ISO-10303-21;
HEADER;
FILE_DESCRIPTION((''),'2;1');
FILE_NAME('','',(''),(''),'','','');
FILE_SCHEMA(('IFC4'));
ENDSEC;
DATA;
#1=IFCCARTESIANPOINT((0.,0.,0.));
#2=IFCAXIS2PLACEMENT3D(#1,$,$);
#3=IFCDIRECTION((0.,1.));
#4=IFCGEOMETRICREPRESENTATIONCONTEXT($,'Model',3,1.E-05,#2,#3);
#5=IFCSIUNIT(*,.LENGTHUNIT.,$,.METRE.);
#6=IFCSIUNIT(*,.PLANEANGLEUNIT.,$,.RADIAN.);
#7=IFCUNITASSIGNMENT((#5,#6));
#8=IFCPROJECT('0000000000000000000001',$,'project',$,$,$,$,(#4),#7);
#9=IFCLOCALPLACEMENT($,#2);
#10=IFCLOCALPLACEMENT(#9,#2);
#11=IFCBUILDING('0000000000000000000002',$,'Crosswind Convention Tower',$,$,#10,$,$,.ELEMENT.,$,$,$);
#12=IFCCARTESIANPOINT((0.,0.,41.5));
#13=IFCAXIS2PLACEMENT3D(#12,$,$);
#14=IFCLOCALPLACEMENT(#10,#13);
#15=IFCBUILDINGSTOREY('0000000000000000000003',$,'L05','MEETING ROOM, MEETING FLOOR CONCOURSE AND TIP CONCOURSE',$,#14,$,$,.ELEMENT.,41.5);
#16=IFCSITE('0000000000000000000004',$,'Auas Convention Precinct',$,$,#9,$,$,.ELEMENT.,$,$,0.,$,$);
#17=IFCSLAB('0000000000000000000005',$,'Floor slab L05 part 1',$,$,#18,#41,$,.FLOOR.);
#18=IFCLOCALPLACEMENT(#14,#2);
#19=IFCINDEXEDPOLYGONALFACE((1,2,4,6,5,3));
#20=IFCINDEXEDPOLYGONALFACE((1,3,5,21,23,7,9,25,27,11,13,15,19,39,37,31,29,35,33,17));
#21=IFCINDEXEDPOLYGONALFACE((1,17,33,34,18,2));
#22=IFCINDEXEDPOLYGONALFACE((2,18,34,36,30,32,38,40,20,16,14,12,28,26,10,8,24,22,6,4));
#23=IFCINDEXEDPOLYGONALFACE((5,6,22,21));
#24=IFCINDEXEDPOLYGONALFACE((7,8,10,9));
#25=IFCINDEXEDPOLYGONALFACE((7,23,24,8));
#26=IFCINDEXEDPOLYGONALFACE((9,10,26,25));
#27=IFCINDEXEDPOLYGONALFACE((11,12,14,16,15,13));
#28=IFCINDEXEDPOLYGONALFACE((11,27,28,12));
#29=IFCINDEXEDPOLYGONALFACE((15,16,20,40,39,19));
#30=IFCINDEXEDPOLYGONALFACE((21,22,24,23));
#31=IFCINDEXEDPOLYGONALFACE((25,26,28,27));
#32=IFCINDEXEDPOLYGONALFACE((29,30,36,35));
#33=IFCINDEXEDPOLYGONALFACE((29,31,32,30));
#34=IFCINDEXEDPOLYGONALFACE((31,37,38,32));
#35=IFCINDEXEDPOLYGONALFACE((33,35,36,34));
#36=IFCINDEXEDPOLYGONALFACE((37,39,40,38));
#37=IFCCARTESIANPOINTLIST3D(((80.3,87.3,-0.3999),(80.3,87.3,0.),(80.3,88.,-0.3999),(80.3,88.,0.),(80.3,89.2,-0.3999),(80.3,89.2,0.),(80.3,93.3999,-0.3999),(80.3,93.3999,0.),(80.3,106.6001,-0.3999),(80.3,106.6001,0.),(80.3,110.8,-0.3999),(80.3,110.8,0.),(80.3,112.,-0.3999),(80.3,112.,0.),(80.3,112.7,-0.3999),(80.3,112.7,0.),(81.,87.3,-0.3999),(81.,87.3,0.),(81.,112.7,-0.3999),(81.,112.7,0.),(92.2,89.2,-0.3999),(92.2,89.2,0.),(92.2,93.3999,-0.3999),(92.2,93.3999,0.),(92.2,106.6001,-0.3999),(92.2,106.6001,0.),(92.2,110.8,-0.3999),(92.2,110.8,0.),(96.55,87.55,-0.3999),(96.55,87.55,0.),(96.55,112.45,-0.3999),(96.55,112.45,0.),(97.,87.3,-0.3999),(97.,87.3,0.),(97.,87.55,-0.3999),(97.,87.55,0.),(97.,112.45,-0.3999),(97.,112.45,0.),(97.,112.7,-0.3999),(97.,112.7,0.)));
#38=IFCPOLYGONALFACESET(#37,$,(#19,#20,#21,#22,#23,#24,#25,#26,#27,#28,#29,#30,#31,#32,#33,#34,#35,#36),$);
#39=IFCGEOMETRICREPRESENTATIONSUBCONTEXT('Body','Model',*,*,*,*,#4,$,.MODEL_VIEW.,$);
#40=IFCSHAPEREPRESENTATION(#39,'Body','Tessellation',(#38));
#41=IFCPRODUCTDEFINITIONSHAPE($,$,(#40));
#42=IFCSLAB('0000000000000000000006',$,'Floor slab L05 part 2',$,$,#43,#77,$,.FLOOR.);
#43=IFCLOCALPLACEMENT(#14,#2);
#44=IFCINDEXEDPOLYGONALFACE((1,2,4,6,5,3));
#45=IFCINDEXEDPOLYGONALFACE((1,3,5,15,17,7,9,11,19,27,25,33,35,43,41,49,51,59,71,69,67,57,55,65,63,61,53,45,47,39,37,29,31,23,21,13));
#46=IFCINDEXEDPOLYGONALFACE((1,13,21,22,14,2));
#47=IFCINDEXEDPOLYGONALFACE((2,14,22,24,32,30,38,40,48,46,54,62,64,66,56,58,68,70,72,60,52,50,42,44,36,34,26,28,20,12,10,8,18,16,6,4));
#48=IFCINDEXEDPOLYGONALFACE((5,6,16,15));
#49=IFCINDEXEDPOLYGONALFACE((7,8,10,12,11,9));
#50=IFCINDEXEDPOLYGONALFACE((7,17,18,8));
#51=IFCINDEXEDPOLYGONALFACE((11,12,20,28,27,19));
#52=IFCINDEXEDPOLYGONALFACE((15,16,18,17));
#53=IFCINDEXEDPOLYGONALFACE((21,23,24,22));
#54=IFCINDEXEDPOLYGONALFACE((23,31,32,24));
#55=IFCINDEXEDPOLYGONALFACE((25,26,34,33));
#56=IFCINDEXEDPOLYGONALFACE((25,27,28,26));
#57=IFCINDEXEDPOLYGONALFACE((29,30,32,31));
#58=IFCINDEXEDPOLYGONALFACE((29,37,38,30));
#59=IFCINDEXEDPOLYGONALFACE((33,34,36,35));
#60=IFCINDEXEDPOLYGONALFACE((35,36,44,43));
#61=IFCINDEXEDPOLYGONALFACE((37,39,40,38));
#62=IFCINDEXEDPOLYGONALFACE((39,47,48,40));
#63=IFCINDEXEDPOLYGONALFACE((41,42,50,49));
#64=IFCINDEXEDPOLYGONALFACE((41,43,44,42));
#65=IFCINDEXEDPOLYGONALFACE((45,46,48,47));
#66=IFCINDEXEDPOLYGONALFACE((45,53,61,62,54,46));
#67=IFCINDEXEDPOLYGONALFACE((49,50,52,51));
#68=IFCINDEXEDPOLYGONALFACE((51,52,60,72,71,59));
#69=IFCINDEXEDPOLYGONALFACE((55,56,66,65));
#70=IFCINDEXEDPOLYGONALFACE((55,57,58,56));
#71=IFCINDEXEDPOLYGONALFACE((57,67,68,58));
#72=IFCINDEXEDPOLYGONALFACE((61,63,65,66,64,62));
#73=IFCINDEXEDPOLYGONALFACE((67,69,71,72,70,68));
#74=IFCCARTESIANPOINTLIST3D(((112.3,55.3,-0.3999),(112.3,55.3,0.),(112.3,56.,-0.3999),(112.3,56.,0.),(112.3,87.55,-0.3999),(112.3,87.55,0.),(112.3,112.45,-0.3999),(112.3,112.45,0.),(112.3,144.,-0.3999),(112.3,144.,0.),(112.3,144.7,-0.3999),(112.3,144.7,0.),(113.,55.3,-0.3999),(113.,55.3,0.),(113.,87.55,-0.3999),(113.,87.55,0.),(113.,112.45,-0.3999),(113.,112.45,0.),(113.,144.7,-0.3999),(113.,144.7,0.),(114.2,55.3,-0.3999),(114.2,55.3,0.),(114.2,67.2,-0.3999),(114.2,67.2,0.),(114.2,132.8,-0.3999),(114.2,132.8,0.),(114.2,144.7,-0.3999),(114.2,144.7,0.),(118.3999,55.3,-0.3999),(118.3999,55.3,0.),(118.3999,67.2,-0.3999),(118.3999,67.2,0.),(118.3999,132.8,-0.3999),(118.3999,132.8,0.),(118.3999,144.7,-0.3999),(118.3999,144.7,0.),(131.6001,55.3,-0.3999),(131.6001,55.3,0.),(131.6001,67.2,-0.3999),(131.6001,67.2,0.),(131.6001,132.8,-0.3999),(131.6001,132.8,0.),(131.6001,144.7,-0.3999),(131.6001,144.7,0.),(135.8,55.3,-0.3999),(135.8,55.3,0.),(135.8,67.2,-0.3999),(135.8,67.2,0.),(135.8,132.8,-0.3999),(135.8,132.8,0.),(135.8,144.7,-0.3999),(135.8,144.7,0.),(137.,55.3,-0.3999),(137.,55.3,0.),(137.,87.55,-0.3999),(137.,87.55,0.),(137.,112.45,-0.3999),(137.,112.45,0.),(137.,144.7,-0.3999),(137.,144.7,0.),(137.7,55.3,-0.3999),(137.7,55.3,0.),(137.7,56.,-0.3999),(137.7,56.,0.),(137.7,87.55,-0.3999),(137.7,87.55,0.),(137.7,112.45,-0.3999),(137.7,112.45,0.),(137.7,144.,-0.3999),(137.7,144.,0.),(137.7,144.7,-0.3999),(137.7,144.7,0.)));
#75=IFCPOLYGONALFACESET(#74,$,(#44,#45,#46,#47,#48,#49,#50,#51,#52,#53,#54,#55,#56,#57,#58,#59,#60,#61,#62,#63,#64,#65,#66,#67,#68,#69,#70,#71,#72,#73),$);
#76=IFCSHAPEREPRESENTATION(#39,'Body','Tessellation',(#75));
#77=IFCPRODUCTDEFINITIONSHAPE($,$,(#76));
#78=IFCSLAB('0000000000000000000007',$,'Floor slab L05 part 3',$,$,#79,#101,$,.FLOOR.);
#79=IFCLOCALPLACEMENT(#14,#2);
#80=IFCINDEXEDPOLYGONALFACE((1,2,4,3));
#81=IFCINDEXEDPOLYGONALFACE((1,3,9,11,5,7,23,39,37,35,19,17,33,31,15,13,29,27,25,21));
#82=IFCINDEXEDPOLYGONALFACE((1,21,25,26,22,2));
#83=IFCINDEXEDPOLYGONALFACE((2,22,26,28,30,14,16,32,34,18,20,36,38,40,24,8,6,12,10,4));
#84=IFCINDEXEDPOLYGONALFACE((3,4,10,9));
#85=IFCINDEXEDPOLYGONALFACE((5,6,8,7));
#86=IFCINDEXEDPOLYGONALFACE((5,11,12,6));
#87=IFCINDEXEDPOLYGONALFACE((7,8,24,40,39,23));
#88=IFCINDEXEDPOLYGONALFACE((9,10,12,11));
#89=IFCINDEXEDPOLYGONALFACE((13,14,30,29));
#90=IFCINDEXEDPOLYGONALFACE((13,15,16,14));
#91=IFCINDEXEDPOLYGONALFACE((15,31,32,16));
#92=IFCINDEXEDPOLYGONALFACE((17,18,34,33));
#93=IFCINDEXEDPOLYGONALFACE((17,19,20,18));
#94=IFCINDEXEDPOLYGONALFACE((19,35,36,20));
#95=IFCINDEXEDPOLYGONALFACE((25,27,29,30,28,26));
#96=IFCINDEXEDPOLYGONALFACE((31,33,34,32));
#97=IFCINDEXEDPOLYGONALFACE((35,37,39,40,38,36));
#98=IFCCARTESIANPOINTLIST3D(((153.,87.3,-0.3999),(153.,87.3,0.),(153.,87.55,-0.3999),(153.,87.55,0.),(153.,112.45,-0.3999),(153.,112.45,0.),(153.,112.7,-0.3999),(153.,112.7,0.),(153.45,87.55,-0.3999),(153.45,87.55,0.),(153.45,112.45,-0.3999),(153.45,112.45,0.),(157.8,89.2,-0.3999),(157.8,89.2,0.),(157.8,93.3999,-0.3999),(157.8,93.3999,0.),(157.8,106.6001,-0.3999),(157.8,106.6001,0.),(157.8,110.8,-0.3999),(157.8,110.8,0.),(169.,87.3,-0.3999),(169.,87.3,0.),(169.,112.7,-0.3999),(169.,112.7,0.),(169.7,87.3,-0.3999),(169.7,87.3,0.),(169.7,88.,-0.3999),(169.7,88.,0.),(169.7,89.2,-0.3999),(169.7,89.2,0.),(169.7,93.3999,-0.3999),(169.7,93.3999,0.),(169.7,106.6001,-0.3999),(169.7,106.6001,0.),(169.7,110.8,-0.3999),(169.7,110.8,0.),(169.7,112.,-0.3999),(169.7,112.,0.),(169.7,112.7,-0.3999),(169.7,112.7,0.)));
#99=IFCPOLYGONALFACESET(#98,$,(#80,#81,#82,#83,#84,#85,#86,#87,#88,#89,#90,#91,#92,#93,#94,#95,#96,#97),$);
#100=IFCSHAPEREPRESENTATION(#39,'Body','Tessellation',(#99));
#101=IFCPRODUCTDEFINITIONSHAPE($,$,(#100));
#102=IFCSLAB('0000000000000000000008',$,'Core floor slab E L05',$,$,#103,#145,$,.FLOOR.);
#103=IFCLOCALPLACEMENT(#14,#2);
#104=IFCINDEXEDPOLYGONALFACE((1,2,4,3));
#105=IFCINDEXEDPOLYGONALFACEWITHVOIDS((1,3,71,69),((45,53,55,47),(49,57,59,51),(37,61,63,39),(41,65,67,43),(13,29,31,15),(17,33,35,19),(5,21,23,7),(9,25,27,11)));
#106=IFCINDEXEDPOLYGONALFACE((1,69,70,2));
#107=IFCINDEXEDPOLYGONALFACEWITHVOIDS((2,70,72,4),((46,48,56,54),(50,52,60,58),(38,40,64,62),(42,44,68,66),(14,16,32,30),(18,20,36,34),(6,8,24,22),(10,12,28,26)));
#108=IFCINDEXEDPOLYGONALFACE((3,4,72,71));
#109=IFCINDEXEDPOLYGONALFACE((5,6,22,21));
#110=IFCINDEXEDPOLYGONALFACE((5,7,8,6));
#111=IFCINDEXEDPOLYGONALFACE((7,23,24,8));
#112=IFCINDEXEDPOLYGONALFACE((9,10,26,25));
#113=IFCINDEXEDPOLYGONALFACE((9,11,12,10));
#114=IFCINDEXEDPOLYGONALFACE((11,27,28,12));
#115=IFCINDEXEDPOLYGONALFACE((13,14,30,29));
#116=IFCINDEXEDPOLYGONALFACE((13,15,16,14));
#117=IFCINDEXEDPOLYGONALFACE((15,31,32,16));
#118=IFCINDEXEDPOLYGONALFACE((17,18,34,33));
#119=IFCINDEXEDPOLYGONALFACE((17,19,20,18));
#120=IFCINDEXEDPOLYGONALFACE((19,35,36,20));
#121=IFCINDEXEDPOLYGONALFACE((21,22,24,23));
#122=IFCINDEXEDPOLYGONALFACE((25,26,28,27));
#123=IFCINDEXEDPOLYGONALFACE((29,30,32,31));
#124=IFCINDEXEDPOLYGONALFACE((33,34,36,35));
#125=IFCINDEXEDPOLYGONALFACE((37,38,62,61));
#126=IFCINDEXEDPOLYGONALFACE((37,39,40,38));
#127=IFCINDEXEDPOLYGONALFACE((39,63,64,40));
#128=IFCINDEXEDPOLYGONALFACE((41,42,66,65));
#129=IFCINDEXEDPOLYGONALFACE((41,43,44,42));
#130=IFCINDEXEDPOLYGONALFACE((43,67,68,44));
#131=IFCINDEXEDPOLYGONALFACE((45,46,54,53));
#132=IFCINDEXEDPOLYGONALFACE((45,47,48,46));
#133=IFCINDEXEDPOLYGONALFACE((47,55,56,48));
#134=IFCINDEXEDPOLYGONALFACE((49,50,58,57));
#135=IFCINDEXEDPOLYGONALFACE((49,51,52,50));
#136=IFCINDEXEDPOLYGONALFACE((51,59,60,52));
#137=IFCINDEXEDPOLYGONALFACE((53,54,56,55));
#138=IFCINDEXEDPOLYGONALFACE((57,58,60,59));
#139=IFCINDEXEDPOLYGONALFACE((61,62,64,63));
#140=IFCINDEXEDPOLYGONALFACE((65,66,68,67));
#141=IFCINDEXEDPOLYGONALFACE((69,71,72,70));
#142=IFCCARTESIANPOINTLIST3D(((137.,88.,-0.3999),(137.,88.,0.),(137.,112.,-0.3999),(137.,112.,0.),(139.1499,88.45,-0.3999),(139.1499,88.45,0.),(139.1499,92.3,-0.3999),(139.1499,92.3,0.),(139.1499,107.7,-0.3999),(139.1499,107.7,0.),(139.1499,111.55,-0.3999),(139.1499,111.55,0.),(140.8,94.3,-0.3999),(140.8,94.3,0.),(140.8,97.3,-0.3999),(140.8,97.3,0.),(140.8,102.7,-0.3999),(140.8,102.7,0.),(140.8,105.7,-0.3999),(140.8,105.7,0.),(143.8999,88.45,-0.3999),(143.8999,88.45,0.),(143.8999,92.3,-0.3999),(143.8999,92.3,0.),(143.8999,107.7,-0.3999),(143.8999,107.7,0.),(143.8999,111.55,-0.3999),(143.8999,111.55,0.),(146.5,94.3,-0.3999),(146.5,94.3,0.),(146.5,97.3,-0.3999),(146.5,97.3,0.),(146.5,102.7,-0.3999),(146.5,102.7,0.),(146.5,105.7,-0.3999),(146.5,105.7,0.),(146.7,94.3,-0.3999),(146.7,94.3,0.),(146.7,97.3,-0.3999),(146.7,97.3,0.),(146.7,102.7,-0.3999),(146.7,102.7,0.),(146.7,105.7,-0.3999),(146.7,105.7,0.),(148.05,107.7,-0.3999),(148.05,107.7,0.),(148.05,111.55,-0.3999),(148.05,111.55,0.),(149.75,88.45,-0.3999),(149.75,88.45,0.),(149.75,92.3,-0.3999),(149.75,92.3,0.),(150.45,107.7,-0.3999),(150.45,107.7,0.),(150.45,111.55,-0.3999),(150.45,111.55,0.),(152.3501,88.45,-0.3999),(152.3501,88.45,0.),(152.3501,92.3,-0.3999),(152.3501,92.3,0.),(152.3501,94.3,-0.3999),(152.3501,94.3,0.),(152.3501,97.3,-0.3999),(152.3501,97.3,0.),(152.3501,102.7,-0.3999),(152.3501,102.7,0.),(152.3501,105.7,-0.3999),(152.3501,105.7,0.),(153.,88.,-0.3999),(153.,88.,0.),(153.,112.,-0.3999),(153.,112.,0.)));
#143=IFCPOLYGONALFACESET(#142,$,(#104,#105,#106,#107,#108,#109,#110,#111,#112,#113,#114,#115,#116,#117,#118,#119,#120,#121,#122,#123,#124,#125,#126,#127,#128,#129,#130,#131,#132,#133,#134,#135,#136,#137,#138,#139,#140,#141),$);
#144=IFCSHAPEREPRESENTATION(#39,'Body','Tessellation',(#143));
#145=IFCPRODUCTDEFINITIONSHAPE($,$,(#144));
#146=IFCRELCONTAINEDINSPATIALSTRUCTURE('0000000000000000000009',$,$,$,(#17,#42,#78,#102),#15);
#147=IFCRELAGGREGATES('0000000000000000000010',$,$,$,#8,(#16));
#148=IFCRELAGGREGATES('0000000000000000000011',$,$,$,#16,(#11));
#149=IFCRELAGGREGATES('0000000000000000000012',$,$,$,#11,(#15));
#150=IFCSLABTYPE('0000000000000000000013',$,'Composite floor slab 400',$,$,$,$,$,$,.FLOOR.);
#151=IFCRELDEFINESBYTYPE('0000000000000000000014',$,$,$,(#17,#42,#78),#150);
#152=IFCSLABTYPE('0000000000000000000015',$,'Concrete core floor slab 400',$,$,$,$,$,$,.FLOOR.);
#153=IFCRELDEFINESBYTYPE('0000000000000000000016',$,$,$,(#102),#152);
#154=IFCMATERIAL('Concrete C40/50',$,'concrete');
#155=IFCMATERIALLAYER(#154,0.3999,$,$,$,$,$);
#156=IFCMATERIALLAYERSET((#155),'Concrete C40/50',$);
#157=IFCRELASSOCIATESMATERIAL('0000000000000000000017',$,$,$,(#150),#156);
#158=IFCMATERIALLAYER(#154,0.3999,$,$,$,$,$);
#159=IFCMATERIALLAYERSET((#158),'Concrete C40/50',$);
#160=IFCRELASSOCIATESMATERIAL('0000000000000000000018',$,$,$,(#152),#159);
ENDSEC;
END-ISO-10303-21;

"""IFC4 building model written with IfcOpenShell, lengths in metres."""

from ifc_helpers import new_model, si_unit, direction, frame, origin, place, context, subcontext, project, spatial, polyline, outline, extrude, material, layer, layer_set, type_object, element, save


model = new_model("IFC4")

# Units and contexts
model_context = context("Model", 3, precision=1e-05, world=origin(), true_north=direction((0.0, 1.0)))
body_context = subcontext(model_context, "Body", "Model", "MODEL_VIEW")
ifc_project = project(units=[si_unit("LENGTHUNIT", "METRE"), si_unit("PLANEANGLEUNIT", "RADIAN")], contexts=[model_context])

# Site, building, storey
site_placement = place(None, origin())
site = spatial("IfcSite", under=ifc_project, at=site_placement, Name="Auas Convention Precinct", CompositionType="ELEMENT", RefElevation=0.0)
building_placement = place(site_placement, origin())
building = spatial("IfcBuilding", under=site, at=building_placement, Name="Crosswind Convention Tower", CompositionType="ELEMENT")
storey_placement = place(building_placement, frame((0.0, 0.0, 41.5)))
storey = spatial("IfcBuildingStorey", under=building, at=storey_placement, Name="L05", Description="MEETING ROOM, MEETING FLOOR CONCOURSE AND TIP CONCOURSE", CompositionType="ELEMENT", Elevation=41.5)

# Slabs
ifc_material_1 = material(Name="Concrete C40/50", Category="concrete")
ifc_layer_1 = layer(ifc_material_1, 0.3999)
ifc_layer_set_1 = layer_set([ifc_layer_1], Name="Concrete C40/50")
slab_type_1 = type_object("IfcSlabType", Name="Composite floor slab 400", PredefinedType="FLOOR", material=ifc_layer_set_1)
slab_1_placement = place(storey_placement, frame((0.0, 0.0, -0.3999)))
element("IfcSlab", 1, at=slab_1_placement, inside=storey, type_object=slab_type_1, Name="Floor slab L05 part 1", PredefinedType="FLOOR", context=body_context, shape_type="SweptSolid", body=[
    extrude(outline(polyline([(97.0, 112.45), (96.55, 112.45), (96.55, 87.55), (97.0, 87.55), (97.0, 87.3), (81.0, 87.3), (80.3, 87.3), (80.3, 88.0), (80.3, 89.2), (92.2, 89.2), (92.2, 93.3999), (80.3, 93.3999), (80.3, 106.6001), (92.2, 106.6001), (92.2, 110.8), (80.3, 110.8), (80.3, 112.0), (80.3, 112.7), (81.0, 112.7), (97.0, 112.7), (97.0, 112.45)])), origin(), (0.0, 0.0, 1.0), 0.3999),
])
slab_2_placement = place(storey_placement, frame((0.0, 0.0, -0.3999)))
element("IfcSlab", 2, at=slab_2_placement, inside=storey, type_object=slab_type_1, Name="Floor slab L05 part 2", PredefinedType="FLOOR", context=body_context, shape_type="SweptSolid", body=[
    extrude(outline(polyline([(114.2, 132.8), (118.3999, 132.8), (118.3999, 144.7), (131.6001, 144.7), (131.6001, 132.8), (135.8, 132.8), (135.8, 144.7), (137.0, 144.7), (137.7, 144.7), (137.7, 144.0), (137.7, 112.45), (137.0, 112.45), (137.0, 87.55), (137.7, 87.55), (137.7, 56.0), (137.7, 55.3), (137.0, 55.3), (135.8, 55.3), (135.8, 67.2), (131.6001, 67.2), (131.6001, 55.3), (118.3999, 55.3), (118.3999, 67.2), (114.2, 67.2), (114.2, 55.3), (113.0, 55.3), (112.3, 55.3), (112.3, 56.0), (112.3, 87.55), (113.0, 87.55), (113.0, 112.45), (112.3, 112.45), (112.3, 144.0), (112.3, 144.7), (113.0, 144.7), (114.2, 144.7), (114.2, 132.8)])), origin(), (0.0, 0.0, 1.0), 0.3999),
])
slab_3_placement = place(storey_placement, frame((0.0, 0.0, -0.3999)))
element("IfcSlab", 3, at=slab_3_placement, inside=storey, type_object=slab_type_1, Name="Floor slab L05 part 3", PredefinedType="FLOOR", context=body_context, shape_type="SweptSolid", body=[
    extrude(outline(polyline([(169.7, 93.3999), (157.8, 93.3999), (157.8, 89.2), (169.7, 89.2), (169.7, 88.0), (169.7, 87.3), (169.0, 87.3), (153.0, 87.3), (153.0, 87.55), (153.45, 87.55), (153.45, 112.45), (153.0, 112.45), (153.0, 112.7), (169.0, 112.7), (169.7, 112.7), (169.7, 112.0), (169.7, 110.8), (157.8, 110.8), (157.8, 106.6001), (169.7, 106.6001), (169.7, 93.3999)])), origin(), (0.0, 0.0, 1.0), 0.3999),
])
ifc_layer_2 = layer(ifc_material_1, 0.3999)
ifc_layer_set_2 = layer_set([ifc_layer_2], Name="Concrete C40/50")
slab_type_2 = type_object("IfcSlabType", Name="Concrete core floor slab 400", PredefinedType="FLOOR", material=ifc_layer_set_2)
slab_4_placement = place(storey_placement, frame((0.0, 0.0, -0.3999)))
element("IfcSlab", 4, at=slab_4_placement, inside=storey, type_object=slab_type_2, Name="Core floor slab E L05", PredefinedType="FLOOR", context=body_context, shape_type="SweptSolid", body=[
    extrude(outline(polyline([(137.0, 88.0), (153.0, 88.0), (153.0, 112.0), (137.0, 112.0), (137.0, 88.0)]), holes=[polyline([(146.5, 102.7), (146.5, 105.7), (140.8, 105.7), (140.8, 102.7), (146.5, 102.7)]), polyline([(152.3501, 102.7), (152.3501, 105.7), (146.7, 105.7), (146.7, 102.7), (152.3501, 102.7)]), polyline([(146.5, 94.3), (146.5, 97.3), (140.8, 97.3), (140.8, 94.3), (146.5, 94.3)]), polyline([(152.3501, 94.3), (152.3501, 97.3), (146.7, 97.3), (146.7, 94.3), (152.3501, 94.3)]), polyline([(150.45, 107.7), (150.45, 111.55), (148.05, 111.55), (148.05, 107.7), (150.45, 107.7)]), polyline([(152.3501, 88.45), (152.3501, 92.3), (149.75, 92.3), (149.75, 88.45), (152.3501, 88.45)]), polyline([(143.8999, 107.7), (143.8999, 111.55), (139.1499, 111.55), (139.1499, 107.7), (143.8999, 107.7)]), polyline([(143.8999, 88.45), (143.8999, 92.3), (139.1499, 92.3), (139.1499, 88.45), (143.8999, 88.45)])]), origin(), (0.0, 0.0, 1.0), 0.3999),
])

save(model, "model.ifc")
